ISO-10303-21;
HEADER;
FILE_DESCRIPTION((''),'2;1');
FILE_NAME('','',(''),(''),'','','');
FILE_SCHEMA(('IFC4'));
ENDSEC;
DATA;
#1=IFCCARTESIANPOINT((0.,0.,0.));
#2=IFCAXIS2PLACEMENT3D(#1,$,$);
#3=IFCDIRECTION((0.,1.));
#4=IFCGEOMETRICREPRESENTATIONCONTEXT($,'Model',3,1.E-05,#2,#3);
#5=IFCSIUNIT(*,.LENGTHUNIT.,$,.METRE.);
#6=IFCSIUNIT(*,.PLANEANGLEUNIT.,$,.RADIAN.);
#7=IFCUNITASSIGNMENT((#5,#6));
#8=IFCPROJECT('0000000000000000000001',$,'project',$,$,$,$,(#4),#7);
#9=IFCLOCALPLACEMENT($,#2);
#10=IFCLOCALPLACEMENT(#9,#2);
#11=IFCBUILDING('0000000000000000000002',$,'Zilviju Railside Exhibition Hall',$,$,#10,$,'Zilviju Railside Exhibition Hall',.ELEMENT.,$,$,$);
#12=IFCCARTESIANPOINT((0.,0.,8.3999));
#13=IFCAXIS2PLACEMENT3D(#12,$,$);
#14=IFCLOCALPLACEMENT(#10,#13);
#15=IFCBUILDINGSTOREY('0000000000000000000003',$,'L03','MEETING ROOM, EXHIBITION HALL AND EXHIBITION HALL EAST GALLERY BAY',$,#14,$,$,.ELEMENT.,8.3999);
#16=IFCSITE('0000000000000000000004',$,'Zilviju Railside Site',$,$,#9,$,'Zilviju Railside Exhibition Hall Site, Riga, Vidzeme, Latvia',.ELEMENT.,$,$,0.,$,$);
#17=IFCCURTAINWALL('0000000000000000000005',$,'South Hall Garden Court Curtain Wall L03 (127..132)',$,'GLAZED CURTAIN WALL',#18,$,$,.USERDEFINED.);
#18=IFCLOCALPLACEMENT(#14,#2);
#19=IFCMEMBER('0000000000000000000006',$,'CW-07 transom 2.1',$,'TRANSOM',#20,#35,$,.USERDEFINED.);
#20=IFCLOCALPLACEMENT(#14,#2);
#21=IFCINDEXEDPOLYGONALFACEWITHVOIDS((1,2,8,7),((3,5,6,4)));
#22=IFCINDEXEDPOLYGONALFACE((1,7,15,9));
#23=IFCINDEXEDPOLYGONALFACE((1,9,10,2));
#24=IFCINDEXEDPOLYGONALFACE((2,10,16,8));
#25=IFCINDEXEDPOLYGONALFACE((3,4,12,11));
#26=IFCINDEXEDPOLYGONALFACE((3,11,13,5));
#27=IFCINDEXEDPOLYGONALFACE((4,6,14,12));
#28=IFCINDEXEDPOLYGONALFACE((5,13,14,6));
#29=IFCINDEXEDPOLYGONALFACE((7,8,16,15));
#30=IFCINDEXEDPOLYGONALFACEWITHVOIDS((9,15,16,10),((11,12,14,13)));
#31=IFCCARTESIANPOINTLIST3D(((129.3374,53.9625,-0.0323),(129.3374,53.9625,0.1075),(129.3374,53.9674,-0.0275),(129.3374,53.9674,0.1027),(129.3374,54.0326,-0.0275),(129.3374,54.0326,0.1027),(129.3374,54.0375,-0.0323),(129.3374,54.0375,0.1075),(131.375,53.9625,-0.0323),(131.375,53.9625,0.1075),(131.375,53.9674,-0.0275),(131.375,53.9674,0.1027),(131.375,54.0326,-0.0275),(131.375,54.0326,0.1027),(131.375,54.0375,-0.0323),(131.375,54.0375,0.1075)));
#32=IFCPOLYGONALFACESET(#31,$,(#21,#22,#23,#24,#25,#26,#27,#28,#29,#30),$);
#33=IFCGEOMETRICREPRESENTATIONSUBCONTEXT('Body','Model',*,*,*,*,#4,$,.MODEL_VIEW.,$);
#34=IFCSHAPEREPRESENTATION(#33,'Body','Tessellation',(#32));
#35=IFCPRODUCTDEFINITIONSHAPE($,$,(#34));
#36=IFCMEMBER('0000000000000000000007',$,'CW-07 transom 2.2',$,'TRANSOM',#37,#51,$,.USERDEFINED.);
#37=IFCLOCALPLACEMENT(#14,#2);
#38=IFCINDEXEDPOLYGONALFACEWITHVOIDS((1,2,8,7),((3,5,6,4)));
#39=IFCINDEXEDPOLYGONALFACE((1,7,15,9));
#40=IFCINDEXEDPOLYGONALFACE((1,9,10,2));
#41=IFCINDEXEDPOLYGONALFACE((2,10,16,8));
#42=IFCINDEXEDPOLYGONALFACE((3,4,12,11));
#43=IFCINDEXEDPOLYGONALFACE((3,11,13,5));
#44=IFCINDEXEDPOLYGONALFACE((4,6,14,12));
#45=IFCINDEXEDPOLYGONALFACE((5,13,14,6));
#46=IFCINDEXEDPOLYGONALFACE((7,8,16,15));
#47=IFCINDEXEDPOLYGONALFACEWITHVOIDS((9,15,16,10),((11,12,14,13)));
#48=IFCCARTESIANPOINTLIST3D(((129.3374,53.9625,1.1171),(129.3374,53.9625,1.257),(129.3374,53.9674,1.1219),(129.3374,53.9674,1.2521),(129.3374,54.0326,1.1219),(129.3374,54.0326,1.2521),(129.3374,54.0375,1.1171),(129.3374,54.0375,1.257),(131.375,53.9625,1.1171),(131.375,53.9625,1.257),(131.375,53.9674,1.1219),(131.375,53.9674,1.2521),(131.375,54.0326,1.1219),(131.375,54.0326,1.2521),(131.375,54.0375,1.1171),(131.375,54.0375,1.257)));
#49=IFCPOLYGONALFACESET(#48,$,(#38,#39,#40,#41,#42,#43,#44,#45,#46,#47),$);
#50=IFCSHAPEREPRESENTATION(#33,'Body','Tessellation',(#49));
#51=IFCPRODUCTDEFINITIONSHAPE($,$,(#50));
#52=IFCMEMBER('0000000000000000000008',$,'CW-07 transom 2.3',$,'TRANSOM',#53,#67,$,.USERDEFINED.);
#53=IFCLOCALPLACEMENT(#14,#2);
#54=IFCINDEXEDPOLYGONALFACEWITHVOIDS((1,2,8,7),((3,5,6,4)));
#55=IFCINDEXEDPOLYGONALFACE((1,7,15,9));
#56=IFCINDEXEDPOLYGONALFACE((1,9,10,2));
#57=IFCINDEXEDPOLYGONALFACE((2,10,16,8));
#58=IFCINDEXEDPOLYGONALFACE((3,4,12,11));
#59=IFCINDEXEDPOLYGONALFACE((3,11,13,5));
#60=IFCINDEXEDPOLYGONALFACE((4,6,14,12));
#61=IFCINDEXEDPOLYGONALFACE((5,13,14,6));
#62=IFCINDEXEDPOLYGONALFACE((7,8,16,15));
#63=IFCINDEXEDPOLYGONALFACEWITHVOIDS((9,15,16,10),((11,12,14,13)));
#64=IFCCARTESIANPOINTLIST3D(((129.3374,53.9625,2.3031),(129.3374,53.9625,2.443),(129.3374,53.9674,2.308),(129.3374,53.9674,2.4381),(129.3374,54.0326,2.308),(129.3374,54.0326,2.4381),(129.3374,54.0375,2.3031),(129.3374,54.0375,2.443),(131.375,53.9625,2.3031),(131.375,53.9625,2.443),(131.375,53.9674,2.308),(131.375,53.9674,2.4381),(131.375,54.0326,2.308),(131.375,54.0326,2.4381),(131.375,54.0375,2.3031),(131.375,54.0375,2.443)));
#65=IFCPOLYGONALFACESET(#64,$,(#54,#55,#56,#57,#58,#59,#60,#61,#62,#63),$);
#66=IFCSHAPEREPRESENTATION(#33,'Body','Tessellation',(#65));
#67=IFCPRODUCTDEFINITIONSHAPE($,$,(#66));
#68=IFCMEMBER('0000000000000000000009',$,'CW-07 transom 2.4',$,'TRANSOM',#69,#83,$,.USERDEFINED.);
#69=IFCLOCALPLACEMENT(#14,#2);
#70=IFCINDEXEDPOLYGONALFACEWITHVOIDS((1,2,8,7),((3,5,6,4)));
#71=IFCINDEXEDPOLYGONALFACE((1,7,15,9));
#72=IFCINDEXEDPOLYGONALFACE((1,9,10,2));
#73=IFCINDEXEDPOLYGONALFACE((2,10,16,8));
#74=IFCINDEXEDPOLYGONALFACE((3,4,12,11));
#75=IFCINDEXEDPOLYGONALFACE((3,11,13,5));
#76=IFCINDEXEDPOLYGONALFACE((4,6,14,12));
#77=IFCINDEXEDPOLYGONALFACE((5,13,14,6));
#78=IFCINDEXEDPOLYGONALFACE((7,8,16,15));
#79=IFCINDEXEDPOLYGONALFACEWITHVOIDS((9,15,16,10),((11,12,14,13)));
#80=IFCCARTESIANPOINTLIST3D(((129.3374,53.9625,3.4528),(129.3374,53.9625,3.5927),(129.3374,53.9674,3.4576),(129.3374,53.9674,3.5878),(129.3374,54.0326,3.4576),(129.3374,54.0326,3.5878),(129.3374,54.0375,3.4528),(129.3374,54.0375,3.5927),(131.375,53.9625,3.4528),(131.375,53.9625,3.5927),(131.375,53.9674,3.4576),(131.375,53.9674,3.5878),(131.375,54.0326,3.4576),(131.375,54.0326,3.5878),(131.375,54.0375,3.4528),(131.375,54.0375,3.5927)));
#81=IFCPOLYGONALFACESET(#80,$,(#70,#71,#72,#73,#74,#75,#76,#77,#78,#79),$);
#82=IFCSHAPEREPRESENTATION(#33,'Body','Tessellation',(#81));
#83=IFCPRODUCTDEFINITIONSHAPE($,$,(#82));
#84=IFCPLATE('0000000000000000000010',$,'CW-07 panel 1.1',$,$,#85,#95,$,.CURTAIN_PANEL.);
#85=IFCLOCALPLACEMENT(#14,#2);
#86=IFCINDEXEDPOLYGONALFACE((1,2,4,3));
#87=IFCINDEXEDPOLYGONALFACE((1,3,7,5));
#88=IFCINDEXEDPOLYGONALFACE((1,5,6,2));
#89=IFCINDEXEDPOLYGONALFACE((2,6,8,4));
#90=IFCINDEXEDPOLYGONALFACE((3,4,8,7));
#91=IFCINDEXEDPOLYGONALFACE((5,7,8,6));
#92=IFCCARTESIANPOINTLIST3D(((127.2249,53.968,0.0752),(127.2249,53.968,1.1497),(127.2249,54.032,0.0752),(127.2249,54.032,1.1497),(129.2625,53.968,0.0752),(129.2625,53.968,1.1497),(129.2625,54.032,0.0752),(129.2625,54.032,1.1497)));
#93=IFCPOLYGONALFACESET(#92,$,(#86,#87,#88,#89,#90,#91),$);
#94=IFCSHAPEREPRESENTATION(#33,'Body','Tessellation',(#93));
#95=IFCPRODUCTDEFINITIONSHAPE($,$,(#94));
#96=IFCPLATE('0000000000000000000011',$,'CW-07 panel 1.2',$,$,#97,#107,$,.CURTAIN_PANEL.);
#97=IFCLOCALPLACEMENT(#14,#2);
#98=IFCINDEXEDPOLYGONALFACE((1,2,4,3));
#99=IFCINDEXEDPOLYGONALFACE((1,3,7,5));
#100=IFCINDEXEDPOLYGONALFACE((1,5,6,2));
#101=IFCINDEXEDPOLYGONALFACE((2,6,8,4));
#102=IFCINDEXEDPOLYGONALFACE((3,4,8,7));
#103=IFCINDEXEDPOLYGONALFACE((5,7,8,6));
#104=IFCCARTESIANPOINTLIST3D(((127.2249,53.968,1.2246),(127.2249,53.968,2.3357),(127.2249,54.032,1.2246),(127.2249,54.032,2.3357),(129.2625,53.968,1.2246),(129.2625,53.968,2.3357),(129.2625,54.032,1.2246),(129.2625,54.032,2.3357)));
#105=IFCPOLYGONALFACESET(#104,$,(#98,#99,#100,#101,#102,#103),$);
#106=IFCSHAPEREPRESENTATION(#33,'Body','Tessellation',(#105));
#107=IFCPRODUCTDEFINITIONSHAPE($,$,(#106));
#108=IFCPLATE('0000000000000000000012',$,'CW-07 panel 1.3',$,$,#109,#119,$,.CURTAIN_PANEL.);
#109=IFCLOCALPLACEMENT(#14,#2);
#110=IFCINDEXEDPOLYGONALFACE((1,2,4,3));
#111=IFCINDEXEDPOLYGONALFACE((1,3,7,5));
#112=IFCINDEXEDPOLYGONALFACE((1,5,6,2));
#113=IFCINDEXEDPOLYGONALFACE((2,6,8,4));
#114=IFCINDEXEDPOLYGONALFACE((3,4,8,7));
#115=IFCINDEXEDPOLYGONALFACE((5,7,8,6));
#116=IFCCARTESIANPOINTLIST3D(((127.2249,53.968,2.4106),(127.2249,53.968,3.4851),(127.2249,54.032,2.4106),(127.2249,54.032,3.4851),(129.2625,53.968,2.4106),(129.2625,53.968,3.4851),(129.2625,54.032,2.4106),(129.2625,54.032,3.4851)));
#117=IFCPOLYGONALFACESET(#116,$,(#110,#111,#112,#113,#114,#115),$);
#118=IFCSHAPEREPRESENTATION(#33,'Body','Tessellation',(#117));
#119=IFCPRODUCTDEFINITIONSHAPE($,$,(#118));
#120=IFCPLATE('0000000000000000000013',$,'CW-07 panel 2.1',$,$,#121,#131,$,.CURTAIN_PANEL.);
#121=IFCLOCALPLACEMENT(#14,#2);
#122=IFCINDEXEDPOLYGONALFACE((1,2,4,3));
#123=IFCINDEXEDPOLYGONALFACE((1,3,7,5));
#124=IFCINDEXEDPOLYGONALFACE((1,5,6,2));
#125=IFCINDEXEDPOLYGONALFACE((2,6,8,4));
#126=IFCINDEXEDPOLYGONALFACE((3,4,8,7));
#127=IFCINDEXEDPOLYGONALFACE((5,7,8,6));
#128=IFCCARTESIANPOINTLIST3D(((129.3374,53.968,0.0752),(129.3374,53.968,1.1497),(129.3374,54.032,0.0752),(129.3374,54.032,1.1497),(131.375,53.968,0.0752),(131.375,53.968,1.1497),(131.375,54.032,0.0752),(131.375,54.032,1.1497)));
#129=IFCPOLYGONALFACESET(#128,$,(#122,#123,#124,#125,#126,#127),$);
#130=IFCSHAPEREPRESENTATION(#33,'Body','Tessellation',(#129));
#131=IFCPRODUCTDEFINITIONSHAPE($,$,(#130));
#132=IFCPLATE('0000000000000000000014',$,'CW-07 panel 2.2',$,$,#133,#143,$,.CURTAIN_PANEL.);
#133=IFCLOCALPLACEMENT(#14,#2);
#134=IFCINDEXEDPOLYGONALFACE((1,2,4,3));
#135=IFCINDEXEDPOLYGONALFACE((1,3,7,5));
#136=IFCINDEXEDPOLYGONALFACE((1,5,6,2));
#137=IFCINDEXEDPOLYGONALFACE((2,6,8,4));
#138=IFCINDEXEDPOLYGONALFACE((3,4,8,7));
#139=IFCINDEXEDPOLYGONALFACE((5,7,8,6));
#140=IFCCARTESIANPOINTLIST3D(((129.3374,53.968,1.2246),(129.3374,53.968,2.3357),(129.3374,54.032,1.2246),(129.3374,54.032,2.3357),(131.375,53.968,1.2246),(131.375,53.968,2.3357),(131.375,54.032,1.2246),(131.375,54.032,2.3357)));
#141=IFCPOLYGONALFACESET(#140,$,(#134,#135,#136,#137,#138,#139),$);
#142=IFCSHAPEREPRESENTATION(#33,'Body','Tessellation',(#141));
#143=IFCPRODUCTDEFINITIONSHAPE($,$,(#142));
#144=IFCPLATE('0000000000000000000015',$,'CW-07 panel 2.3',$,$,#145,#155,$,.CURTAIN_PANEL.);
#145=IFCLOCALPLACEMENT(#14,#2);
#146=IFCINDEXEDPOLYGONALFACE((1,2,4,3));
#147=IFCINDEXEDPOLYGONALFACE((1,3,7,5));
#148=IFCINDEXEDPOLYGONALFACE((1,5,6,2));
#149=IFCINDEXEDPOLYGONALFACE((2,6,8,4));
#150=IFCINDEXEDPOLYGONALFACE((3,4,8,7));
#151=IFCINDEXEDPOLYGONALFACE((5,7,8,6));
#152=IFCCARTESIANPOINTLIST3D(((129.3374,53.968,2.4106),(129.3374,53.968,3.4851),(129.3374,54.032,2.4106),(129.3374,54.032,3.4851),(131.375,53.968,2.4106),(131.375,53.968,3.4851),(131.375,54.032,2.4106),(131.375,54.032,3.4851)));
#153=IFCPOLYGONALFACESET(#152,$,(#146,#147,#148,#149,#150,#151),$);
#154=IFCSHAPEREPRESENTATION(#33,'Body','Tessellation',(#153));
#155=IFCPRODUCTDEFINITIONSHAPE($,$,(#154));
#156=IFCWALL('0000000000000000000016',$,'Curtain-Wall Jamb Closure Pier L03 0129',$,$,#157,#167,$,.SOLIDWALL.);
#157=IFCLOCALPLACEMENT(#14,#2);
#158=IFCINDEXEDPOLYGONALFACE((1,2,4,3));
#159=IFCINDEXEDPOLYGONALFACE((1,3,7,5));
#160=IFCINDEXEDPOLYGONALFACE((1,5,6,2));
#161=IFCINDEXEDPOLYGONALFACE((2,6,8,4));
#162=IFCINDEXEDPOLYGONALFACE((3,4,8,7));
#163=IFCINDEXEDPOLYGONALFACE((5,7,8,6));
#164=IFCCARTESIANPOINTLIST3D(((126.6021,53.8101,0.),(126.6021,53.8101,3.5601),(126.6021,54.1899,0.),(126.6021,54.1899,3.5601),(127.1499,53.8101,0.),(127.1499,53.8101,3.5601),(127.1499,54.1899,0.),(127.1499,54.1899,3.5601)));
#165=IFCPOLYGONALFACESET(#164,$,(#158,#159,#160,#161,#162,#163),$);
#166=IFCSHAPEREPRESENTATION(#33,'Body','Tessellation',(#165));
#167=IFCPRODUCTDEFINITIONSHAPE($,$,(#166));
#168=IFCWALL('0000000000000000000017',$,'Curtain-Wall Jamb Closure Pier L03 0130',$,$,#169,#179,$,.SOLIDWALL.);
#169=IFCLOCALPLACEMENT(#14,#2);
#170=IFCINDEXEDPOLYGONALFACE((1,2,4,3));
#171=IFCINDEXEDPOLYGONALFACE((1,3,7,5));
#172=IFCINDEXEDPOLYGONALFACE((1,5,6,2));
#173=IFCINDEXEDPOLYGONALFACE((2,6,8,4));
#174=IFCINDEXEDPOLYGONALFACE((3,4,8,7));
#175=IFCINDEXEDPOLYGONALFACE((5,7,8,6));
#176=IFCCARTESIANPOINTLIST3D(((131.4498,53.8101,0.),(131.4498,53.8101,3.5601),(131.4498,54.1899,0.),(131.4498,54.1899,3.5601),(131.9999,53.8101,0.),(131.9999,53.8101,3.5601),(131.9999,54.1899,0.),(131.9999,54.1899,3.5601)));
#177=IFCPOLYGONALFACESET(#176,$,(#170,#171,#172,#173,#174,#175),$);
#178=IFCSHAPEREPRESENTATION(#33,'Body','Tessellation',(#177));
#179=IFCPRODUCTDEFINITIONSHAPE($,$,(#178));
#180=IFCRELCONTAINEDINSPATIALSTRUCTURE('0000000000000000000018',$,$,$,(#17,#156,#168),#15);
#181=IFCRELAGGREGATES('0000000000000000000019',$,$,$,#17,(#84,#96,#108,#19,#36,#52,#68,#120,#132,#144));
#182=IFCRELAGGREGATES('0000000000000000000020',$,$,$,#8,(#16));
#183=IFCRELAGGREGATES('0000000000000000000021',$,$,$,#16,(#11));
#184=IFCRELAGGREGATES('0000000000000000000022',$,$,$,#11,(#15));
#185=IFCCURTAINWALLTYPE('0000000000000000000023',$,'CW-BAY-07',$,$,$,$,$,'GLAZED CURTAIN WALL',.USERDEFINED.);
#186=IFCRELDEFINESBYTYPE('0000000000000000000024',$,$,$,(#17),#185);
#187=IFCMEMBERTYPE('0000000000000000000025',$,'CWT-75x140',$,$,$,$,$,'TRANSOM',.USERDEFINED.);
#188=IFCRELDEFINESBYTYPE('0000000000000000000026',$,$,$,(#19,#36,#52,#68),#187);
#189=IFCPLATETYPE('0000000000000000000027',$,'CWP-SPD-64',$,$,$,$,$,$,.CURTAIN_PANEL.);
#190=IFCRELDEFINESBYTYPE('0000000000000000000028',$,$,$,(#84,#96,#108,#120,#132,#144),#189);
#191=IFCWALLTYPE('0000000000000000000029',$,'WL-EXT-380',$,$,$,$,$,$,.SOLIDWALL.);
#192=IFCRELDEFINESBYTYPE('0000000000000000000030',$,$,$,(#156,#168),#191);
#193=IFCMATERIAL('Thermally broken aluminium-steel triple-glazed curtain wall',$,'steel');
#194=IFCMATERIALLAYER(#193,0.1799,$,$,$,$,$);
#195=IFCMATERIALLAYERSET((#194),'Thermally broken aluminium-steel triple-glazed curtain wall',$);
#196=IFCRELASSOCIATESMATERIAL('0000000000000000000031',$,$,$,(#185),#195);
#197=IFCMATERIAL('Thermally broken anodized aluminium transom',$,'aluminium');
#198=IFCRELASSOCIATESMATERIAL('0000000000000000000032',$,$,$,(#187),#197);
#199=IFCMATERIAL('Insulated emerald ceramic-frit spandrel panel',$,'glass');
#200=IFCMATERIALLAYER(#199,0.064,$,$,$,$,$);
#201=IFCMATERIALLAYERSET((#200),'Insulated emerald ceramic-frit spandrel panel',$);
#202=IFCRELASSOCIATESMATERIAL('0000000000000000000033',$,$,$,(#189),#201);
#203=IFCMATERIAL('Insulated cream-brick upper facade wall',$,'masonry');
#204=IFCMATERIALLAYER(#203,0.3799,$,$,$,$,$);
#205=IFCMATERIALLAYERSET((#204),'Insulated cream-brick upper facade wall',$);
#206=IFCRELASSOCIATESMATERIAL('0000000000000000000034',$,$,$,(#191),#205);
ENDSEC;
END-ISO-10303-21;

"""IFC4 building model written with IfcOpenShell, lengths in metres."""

from ifc_helpers import new_model, si_unit, direction, frame, frame_2d, origin, origin_2d, place, context, subcontext, project, spatial, rectangle, hollow_rectangle, extrude, material, layer, layer_set, material_profile, profile_set, type_object, element, aggregate, save


model = new_model("IFC4")

# Units and contexts
model_context = context("Model", 3, precision=1e-05, world=origin(), true_north=direction((0.0, 1.0)))
body_context = subcontext(model_context, "Body", "Model", "MODEL_VIEW")
ifc_project = project(units=[si_unit("LENGTHUNIT", "METRE"), si_unit("PLANEANGLEUNIT", "RADIAN")], contexts=[model_context])

# Site, building, storey
site_placement = place(None, origin())
site = spatial("IfcSite", under=ifc_project, at=site_placement, Name="Zilviju Railside Site", LongName="Zilviju Railside Exhibition Hall Site, Riga, Vidzeme, Latvia", CompositionType="ELEMENT", RefElevation=0.0)
building_placement = place(site_placement, origin())
building = spatial("IfcBuilding", under=site, at=building_placement, Name="Zilviju Railside Exhibition Hall", LongName="Zilviju Railside Exhibition Hall", CompositionType="ELEMENT")
storey_placement = place(building_placement, frame((0.0, 0.0, 8.3999)))
storey = spatial("IfcBuildingStorey", under=building, at=storey_placement, Name="L03", Description="MEETING ROOM, EXHIBITION HALL AND EXHIBITION HALL EAST GALLERY BAY", CompositionType="ELEMENT", Elevation=8.3999)

# Curtain wall, members, plates
ifc_material_1 = material(Name="Thermally broken aluminium-steel triple-glazed curtain wall", Category="steel")
ifc_layer_1 = layer(ifc_material_1, 0.1799)
ifc_layer_set_1 = layer_set([ifc_layer_1], Name="Thermally broken aluminium-steel triple-glazed curtain wall")
curtain_wall_type = type_object("IfcCurtainWallType", Name="CW-BAY-07", ElementType="GLAZED CURTAIN WALL", PredefinedType="USERDEFINED", material=ifc_layer_set_1)
curtain_wall_placement = place(storey_placement, origin())
curtain_wall = element("IfcCurtainWall", 1, at=curtain_wall_placement, inside=storey, type_object=curtain_wall_type, Name="South Hall Garden Court Curtain Wall L03 (127..132)", ObjectType="GLAZED CURTAIN WALL", PredefinedType="USERDEFINED")
ifc_material_2 = material(Name="Thermally broken anodized aluminium transom", Category="aluminium")
ifc_material_profile_1 = material_profile(ifc_material_2, hollow_rectangle(XDim=0.075, YDim=0.1399, WallThickness=0.0049, at=origin_2d()), Name="TRANSOM 140x75x5")
ifc_profile_set_1 = profile_set([ifc_material_profile_1], Name="Thermally broken anodized aluminium transom")
member_type_1 = type_object("IfcMemberType", Name="CWT-75x140", ElementType="TRANSOM", PredefinedType="USERDEFINED", material=ifc_profile_set_1)
member_1_placement = place(storey_placement, frame((129.3374, 54.0, 0.0376), z_axis=(1.0, 0.0, 0.0), x_axis=(0.0, 1.0, 0.0)))
member_1 = element("IfcMember", 2, at=member_1_placement, type_object=member_type_1, Name="CW-07 transom 2.1", ObjectType="TRANSOM", PredefinedType="USERDEFINED", context=body_context, shape_type="SweptSolid", body=[
    extrude(hollow_rectangle(XDim=0.075, YDim=0.1399, WallThickness=0.0049, at=origin_2d()), origin(), (0.0, 0.0, 1.0), 2.0376),
])
member_2_placement = place(storey_placement, frame((129.3374, 54.0, 1.187), z_axis=(1.0, 0.0, 0.0), x_axis=(0.0, 1.0, 0.0)))
member_2 = element("IfcMember", 3, at=member_2_placement, type_object=member_type_1, Name="CW-07 transom 2.2", ObjectType="TRANSOM", PredefinedType="USERDEFINED", context=body_context, shape_type="SweptSolid", body=[
    extrude(hollow_rectangle(XDim=0.075, YDim=0.1399, WallThickness=0.0049, at=origin_2d()), origin(), (0.0, 0.0, 1.0), 2.0376),
])
member_3_placement = place(storey_placement, frame((129.3374, 54.0, 2.373), z_axis=(1.0, 0.0, 0.0), x_axis=(0.0, 1.0, 0.0)))
member_3 = element("IfcMember", 4, at=member_3_placement, type_object=member_type_1, Name="CW-07 transom 2.3", ObjectType="TRANSOM", PredefinedType="USERDEFINED", context=body_context, shape_type="SweptSolid", body=[
    extrude(hollow_rectangle(XDim=0.075, YDim=0.1399, WallThickness=0.0049, at=origin_2d()), origin(), (0.0, 0.0, 1.0), 2.0376),
])
member_4_placement = place(storey_placement, frame((129.3374, 54.0, 3.5227), z_axis=(1.0, 0.0, 0.0), x_axis=(0.0, 1.0, 0.0)))
member_4 = element("IfcMember", 5, at=member_4_placement, type_object=member_type_1, Name="CW-07 transom 2.4", ObjectType="TRANSOM", PredefinedType="USERDEFINED", context=body_context, shape_type="SweptSolid", body=[
    extrude(hollow_rectangle(XDim=0.075, YDim=0.1399, WallThickness=0.0049, at=origin_2d()), origin(), (0.0, 0.0, 1.0), 2.0376),
])
ifc_material_3 = material(Name="Insulated emerald ceramic-frit spandrel panel", Category="glass")
ifc_layer_2 = layer(ifc_material_3, 0.064)
ifc_layer_set_2 = layer_set([ifc_layer_2], Name="Insulated emerald ceramic-frit spandrel panel")
plate_type = type_object("IfcPlateType", Name="CWP-SPD-64", PredefinedType="CURTAIN_PANEL", material=ifc_layer_set_2)
plate_1_placement = place(storey_placement, frame((128.2437, 54.0, 0.0752), z_axis=(0.0, 0.0, 1.0), x_axis=(1.0, 0.0, 0.0)))
plate_1 = element("IfcPlate", 6, at=plate_1_placement, type_object=plate_type, Name="CW-07 panel 1.1", PredefinedType="CURTAIN_PANEL", context=body_context, shape_type="SweptSolid", body=[
    extrude(rectangle(XDim=2.0376, YDim=0.064, at=origin_2d()), origin(), (0.0, 0.0, 1.0), 1.0745),
])
plate_2_placement = place(storey_placement, frame((128.2437, 54.0, 1.2246), z_axis=(0.0, 0.0, 1.0), x_axis=(1.0, 0.0, 0.0)))
plate_2 = element("IfcPlate", 7, at=plate_2_placement, type_object=plate_type, Name="CW-07 panel 1.2", PredefinedType="CURTAIN_PANEL", context=body_context, shape_type="SweptSolid", body=[
    extrude(rectangle(XDim=2.0376, YDim=0.064, at=origin_2d()), origin(), (0.0, 0.0, 1.0), 1.1111),
])
plate_3_placement = place(storey_placement, frame((128.2437, 54.0, 2.4106), z_axis=(0.0, 0.0, 1.0), x_axis=(1.0, 0.0, 0.0)))
plate_3 = element("IfcPlate", 8, at=plate_3_placement, type_object=plate_type, Name="CW-07 panel 1.3", PredefinedType="CURTAIN_PANEL", context=body_context, shape_type="SweptSolid", body=[
    extrude(rectangle(XDim=2.0376, YDim=0.064, at=origin_2d()), origin(), (0.0, 0.0, 1.0), 1.0745),
])
plate_4_placement = place(storey_placement, frame((130.3562, 54.0, 0.0752), z_axis=(0.0, 0.0, 1.0), x_axis=(1.0, 0.0, 0.0)))
plate_4 = element("IfcPlate", 9, at=plate_4_placement, type_object=plate_type, Name="CW-07 panel 2.1", PredefinedType="CURTAIN_PANEL", context=body_context, shape_type="SweptSolid", body=[
    extrude(rectangle(XDim=2.0376, YDim=0.064, at=origin_2d()), origin(), (0.0, 0.0, 1.0), 1.0745),
])
plate_5_placement = place(storey_placement, frame((130.3562, 54.0, 1.2246), z_axis=(0.0, 0.0, 1.0), x_axis=(1.0, 0.0, 0.0)))
plate_5 = element("IfcPlate", 10, at=plate_5_placement, type_object=plate_type, Name="CW-07 panel 2.2", PredefinedType="CURTAIN_PANEL", context=body_context, shape_type="SweptSolid", body=[
    extrude(rectangle(XDim=2.0376, YDim=0.064, at=origin_2d()), origin(), (0.0, 0.0, 1.0), 1.1111),
])
plate_6_placement = place(storey_placement, frame((130.3562, 54.0, 2.4106), z_axis=(0.0, 0.0, 1.0), x_axis=(1.0, 0.0, 0.0)))
plate_6 = element("IfcPlate", 11, at=plate_6_placement, type_object=plate_type, Name="CW-07 panel 2.3", PredefinedType="CURTAIN_PANEL", context=body_context, shape_type="SweptSolid", body=[
    extrude(rectangle(XDim=2.0376, YDim=0.064, at=origin_2d()), origin(), (0.0, 0.0, 1.0), 1.0745),
])
aggregate(curtain_wall, [plate_1, plate_2, plate_3, member_1, member_2, member_3, member_4, plate_4, plate_5, plate_6])

# Walls
ifc_material_4 = material(Name="Insulated cream-brick upper facade wall", Category="masonry")
ifc_layer_3 = layer(ifc_material_4, 0.3799)
ifc_layer_set_3 = layer_set([ifc_layer_3], Name="Insulated cream-brick upper facade wall")
wall_type = type_object("IfcWallType", Name="WL-EXT-380", PredefinedType="SOLIDWALL", material=ifc_layer_set_3)
wall_1_placement = place(storey_placement, frame((126.6021, 54.0, 0.0), z_axis=(0.0, 0.0, 1.0), x_axis=(1.0, 0.0, 0.0)))
element("IfcWall", 12, at=wall_1_placement, inside=storey, type_object=wall_type, Name="Curtain-Wall Jamb Closure Pier L03 0129", PredefinedType="SOLIDWALL", context=body_context, shape_type="SweptSolid", body=[
    extrude(rectangle(XDim=0.5479, YDim=0.3799, at=frame_2d((0.2739, 0.0))), origin(), (0.0, 0.0, 1.0), 3.5601),
])
wall_2_placement = place(storey_placement, frame((131.45, 54.0, 0.0), z_axis=(0.0, 0.0, 1.0), x_axis=(1.0, 0.0, 0.0)))
element("IfcWall", 13, at=wall_2_placement, inside=storey, type_object=wall_type, Name="Curtain-Wall Jamb Closure Pier L03 0130", PredefinedType="SOLIDWALL", context=body_context, shape_type="SweptSolid", body=[
    extrude(rectangle(XDim=0.55, YDim=0.3799, at=frame_2d((0.2749, 0.0))), origin(), (0.0, 0.0, 1.0), 3.5601),
])

save(model, "model.ifc")
